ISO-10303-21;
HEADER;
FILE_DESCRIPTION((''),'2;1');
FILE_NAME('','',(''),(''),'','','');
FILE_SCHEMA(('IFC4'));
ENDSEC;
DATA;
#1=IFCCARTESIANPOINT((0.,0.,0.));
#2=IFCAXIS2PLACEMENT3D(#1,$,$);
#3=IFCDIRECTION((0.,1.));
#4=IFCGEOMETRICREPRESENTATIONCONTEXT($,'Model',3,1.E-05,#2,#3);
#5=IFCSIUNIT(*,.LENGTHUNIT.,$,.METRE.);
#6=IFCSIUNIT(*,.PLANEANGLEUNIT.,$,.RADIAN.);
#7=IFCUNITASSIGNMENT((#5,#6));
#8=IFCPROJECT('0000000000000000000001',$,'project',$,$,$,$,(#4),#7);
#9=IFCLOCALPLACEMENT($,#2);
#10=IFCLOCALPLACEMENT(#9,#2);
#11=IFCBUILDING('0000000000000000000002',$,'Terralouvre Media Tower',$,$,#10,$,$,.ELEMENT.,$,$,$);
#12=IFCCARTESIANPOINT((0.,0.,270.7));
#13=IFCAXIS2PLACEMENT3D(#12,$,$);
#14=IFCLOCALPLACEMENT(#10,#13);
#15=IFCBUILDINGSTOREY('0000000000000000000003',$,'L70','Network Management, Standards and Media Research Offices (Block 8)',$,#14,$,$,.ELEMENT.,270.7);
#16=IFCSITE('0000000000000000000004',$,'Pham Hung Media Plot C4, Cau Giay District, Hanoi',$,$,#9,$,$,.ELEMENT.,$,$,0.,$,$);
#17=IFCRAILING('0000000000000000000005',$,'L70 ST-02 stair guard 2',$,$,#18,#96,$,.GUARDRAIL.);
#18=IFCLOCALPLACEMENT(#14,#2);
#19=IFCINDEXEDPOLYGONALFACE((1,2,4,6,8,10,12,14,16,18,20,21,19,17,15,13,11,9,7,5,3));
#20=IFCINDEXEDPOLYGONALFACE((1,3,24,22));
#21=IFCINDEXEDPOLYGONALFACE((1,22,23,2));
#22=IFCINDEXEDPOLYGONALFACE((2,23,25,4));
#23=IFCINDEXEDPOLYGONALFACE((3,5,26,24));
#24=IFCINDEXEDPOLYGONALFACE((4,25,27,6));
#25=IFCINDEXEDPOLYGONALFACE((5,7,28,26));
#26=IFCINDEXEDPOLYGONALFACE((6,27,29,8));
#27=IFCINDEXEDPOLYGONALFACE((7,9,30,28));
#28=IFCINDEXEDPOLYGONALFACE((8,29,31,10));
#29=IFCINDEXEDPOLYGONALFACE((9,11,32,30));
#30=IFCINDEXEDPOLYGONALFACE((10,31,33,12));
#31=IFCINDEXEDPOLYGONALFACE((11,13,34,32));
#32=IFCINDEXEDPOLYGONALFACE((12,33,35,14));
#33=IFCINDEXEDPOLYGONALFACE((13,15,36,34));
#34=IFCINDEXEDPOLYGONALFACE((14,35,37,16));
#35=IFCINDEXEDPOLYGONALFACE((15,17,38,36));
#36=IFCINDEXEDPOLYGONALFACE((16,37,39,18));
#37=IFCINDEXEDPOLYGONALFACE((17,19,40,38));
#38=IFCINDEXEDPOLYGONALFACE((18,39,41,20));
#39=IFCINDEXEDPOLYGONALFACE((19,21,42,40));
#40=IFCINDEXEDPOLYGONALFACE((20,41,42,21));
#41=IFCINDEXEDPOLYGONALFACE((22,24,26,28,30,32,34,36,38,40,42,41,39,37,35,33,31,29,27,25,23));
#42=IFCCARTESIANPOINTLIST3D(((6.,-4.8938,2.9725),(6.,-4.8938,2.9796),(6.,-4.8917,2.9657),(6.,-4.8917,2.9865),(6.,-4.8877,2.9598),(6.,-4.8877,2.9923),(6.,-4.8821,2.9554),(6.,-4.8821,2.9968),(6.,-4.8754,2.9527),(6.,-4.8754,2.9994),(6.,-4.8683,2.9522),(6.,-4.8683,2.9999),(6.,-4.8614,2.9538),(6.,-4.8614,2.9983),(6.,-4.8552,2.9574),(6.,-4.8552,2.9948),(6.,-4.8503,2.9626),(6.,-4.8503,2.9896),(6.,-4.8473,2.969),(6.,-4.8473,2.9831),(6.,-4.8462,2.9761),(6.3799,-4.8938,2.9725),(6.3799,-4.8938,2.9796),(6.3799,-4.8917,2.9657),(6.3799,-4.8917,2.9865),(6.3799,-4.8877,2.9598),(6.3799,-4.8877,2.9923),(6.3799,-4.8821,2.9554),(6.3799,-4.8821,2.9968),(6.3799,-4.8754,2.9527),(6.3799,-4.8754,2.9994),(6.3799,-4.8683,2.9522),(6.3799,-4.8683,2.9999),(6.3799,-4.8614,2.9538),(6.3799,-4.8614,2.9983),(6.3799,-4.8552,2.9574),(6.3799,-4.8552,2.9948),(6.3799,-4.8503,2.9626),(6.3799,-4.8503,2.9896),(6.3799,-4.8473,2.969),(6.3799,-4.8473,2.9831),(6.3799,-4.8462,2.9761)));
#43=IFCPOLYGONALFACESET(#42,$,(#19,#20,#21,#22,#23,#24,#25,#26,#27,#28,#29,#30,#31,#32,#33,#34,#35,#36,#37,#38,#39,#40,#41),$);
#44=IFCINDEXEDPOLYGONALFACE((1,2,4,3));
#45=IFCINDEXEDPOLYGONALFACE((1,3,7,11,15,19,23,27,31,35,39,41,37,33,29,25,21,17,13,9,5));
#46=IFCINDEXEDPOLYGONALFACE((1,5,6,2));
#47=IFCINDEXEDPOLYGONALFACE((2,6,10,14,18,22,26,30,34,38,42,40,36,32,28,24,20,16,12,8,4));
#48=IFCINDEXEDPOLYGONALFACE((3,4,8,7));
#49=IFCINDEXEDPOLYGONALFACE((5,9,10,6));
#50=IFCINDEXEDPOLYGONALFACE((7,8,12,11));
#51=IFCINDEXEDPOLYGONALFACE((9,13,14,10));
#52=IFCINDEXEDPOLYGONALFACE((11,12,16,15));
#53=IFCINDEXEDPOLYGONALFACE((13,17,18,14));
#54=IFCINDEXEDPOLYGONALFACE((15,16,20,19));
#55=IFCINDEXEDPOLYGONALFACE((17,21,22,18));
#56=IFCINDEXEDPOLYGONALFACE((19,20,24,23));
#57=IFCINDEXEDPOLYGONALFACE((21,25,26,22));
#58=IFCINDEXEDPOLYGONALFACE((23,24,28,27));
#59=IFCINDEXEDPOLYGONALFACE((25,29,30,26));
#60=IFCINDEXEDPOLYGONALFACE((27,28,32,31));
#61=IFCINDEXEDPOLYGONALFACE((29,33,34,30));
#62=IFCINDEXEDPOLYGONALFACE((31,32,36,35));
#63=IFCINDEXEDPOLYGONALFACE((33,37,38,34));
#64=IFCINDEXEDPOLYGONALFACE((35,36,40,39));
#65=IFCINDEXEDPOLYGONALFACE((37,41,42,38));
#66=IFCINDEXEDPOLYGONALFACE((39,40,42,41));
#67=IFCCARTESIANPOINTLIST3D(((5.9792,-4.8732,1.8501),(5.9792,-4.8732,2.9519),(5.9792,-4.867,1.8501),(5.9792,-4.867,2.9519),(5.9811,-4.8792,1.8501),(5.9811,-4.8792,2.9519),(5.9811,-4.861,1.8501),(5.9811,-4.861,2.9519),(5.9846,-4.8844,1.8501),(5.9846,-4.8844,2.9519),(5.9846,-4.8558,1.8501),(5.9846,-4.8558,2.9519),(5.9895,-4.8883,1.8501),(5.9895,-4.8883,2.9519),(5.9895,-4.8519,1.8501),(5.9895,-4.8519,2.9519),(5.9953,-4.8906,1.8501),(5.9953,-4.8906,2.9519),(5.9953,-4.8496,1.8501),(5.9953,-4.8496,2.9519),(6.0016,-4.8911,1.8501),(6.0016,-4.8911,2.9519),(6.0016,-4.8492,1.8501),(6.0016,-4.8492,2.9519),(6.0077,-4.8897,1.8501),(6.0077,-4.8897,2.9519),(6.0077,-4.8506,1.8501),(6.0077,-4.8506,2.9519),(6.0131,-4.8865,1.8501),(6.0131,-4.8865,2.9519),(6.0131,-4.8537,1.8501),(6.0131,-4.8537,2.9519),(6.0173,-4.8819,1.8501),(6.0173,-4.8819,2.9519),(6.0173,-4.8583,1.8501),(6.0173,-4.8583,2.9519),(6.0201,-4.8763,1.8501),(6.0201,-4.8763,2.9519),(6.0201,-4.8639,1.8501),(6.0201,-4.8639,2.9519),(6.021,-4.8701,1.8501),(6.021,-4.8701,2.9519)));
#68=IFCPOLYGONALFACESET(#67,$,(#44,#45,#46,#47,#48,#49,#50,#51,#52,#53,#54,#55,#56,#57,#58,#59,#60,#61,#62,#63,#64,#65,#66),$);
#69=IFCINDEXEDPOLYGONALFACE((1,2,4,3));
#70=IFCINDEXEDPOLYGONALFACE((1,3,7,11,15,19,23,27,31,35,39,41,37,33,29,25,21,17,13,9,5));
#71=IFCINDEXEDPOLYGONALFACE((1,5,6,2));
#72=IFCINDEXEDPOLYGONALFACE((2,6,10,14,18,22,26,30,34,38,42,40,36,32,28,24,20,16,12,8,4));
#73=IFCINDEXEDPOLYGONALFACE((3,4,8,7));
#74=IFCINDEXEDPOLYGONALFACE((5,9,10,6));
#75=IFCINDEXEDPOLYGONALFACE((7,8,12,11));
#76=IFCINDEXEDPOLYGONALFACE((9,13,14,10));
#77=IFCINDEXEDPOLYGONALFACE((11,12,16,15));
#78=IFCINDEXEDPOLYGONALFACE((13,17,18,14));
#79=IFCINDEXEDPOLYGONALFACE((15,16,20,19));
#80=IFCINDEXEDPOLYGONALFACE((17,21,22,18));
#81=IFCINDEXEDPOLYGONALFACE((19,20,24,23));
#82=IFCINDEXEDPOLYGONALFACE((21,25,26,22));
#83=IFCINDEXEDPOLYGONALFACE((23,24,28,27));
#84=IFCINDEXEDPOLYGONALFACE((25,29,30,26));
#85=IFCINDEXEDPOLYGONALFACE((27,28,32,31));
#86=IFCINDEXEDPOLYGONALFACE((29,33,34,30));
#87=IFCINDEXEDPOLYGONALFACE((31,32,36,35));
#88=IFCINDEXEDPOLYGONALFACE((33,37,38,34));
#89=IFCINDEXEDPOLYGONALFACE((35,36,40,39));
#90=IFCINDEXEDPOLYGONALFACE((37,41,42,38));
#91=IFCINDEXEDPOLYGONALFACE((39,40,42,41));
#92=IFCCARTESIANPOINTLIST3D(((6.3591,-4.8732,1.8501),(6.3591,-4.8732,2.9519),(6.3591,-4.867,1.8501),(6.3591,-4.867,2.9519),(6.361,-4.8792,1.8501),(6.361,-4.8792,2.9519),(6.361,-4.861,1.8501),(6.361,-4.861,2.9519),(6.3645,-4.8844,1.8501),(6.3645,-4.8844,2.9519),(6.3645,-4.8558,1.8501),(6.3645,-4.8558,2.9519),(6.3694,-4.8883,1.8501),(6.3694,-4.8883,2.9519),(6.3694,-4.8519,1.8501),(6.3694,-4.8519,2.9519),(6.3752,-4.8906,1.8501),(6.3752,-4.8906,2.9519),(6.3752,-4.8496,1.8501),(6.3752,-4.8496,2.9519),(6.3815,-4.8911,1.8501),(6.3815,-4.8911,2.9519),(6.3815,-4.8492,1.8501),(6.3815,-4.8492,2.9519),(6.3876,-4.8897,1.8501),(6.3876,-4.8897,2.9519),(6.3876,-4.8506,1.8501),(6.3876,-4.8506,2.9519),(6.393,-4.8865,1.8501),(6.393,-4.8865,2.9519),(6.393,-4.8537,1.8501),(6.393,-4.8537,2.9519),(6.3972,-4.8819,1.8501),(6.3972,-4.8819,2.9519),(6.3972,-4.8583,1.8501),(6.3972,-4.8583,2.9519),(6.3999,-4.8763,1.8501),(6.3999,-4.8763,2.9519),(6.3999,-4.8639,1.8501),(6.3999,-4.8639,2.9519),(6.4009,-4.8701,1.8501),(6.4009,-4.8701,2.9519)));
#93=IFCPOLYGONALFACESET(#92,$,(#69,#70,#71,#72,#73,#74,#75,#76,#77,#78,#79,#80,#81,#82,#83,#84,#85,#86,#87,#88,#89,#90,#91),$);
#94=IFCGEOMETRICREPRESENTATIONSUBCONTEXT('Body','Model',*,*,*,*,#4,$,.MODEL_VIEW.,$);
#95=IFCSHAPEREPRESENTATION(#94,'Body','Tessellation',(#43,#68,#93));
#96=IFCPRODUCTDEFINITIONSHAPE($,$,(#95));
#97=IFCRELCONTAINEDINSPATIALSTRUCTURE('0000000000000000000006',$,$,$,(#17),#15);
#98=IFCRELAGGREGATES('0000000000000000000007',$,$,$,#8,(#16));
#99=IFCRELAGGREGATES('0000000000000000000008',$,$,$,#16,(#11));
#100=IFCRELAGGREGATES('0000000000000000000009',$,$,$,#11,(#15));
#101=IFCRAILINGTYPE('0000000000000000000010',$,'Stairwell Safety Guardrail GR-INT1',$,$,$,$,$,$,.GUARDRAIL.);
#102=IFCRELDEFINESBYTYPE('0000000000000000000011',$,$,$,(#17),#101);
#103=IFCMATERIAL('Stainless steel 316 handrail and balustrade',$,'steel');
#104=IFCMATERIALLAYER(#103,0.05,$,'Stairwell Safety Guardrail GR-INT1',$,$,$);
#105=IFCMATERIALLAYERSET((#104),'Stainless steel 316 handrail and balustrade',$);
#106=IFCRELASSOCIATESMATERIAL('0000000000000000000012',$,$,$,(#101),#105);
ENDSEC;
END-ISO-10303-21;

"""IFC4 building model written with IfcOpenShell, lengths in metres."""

from ifc_helpers import new_model, si_unit, direction, frame, origin, origin_2d, place, context, subcontext, project, spatial, circle, extrude, material, layer, layer_set, type_object, element, save


model = new_model("IFC4")

# Units and contexts
model_context = context("Model", 3, precision=1e-05, world=origin(), true_north=direction((0.0, 1.0)))
body_context = subcontext(model_context, "Body", "Model", "MODEL_VIEW")
ifc_project = project(units=[si_unit("LENGTHUNIT", "METRE"), si_unit("PLANEANGLEUNIT", "RADIAN")], contexts=[model_context])

# Site, building, storey
site_placement = place(None, origin())
site = spatial("IfcSite", under=ifc_project, at=site_placement, Name="Pham Hung Media Plot C4, Cau Giay District, Hanoi", CompositionType="ELEMENT", RefElevation=0.0)
building_placement = place(site_placement, origin())
building = spatial("IfcBuilding", under=site, at=building_placement, Name="Terralouvre Media Tower", CompositionType="ELEMENT")
storey_placement = place(building_placement, frame((0.0, 0.0, 270.7)))
storey = spatial("IfcBuildingStorey", under=building, at=storey_placement, Name="L70", Description="Network Management, Standards and Media Research Offices (Block 8)", CompositionType="ELEMENT", Elevation=270.7)

# Railing
ifc_material_1 = material(Name="Stainless steel 316 handrail and balustrade", Category="steel")
ifc_layer_1 = layer(ifc_material_1, 0.05, Name="Stairwell Safety Guardrail GR-INT1")
ifc_layer_set_1 = layer_set([ifc_layer_1], Name="Stainless steel 316 handrail and balustrade")
railing_type_1 = type_object("IfcRailingType", Name="Stairwell Safety Guardrail GR-INT1", PredefinedType="GUARDRAIL", material=ifc_layer_set_1)
railing_1_placement = place(storey_placement, frame((6.0, -4.8701, 1.8501)))
element("IfcRailing", 1, at=railing_1_placement, inside=storey, type_object=railing_type_1, Name="L70 ST-02 stair guard 2", PredefinedType="GUARDRAIL", context=body_context, shape_type="SweptSolid", body=[
    extrude(circle(Radius=0.0239, at=origin_2d()), frame((0.0, 0.0, 1.126), z_axis=(1.0, 0.0, 0.0), x_axis=(0.0, 1.0, 0.0)), (0.0, 0.0, 1.0), 0.3799),
    extrude(circle(Radius=0.021, at=origin_2d()), origin(), (0.0, 0.0, 1.0), 1.1018),
    extrude(circle(Radius=0.021, at=origin_2d()), frame((0.3799, 0.0, 0.0)), (0.0, 0.0, 1.0), 1.1018),
])

save(model, "model.ifc")
